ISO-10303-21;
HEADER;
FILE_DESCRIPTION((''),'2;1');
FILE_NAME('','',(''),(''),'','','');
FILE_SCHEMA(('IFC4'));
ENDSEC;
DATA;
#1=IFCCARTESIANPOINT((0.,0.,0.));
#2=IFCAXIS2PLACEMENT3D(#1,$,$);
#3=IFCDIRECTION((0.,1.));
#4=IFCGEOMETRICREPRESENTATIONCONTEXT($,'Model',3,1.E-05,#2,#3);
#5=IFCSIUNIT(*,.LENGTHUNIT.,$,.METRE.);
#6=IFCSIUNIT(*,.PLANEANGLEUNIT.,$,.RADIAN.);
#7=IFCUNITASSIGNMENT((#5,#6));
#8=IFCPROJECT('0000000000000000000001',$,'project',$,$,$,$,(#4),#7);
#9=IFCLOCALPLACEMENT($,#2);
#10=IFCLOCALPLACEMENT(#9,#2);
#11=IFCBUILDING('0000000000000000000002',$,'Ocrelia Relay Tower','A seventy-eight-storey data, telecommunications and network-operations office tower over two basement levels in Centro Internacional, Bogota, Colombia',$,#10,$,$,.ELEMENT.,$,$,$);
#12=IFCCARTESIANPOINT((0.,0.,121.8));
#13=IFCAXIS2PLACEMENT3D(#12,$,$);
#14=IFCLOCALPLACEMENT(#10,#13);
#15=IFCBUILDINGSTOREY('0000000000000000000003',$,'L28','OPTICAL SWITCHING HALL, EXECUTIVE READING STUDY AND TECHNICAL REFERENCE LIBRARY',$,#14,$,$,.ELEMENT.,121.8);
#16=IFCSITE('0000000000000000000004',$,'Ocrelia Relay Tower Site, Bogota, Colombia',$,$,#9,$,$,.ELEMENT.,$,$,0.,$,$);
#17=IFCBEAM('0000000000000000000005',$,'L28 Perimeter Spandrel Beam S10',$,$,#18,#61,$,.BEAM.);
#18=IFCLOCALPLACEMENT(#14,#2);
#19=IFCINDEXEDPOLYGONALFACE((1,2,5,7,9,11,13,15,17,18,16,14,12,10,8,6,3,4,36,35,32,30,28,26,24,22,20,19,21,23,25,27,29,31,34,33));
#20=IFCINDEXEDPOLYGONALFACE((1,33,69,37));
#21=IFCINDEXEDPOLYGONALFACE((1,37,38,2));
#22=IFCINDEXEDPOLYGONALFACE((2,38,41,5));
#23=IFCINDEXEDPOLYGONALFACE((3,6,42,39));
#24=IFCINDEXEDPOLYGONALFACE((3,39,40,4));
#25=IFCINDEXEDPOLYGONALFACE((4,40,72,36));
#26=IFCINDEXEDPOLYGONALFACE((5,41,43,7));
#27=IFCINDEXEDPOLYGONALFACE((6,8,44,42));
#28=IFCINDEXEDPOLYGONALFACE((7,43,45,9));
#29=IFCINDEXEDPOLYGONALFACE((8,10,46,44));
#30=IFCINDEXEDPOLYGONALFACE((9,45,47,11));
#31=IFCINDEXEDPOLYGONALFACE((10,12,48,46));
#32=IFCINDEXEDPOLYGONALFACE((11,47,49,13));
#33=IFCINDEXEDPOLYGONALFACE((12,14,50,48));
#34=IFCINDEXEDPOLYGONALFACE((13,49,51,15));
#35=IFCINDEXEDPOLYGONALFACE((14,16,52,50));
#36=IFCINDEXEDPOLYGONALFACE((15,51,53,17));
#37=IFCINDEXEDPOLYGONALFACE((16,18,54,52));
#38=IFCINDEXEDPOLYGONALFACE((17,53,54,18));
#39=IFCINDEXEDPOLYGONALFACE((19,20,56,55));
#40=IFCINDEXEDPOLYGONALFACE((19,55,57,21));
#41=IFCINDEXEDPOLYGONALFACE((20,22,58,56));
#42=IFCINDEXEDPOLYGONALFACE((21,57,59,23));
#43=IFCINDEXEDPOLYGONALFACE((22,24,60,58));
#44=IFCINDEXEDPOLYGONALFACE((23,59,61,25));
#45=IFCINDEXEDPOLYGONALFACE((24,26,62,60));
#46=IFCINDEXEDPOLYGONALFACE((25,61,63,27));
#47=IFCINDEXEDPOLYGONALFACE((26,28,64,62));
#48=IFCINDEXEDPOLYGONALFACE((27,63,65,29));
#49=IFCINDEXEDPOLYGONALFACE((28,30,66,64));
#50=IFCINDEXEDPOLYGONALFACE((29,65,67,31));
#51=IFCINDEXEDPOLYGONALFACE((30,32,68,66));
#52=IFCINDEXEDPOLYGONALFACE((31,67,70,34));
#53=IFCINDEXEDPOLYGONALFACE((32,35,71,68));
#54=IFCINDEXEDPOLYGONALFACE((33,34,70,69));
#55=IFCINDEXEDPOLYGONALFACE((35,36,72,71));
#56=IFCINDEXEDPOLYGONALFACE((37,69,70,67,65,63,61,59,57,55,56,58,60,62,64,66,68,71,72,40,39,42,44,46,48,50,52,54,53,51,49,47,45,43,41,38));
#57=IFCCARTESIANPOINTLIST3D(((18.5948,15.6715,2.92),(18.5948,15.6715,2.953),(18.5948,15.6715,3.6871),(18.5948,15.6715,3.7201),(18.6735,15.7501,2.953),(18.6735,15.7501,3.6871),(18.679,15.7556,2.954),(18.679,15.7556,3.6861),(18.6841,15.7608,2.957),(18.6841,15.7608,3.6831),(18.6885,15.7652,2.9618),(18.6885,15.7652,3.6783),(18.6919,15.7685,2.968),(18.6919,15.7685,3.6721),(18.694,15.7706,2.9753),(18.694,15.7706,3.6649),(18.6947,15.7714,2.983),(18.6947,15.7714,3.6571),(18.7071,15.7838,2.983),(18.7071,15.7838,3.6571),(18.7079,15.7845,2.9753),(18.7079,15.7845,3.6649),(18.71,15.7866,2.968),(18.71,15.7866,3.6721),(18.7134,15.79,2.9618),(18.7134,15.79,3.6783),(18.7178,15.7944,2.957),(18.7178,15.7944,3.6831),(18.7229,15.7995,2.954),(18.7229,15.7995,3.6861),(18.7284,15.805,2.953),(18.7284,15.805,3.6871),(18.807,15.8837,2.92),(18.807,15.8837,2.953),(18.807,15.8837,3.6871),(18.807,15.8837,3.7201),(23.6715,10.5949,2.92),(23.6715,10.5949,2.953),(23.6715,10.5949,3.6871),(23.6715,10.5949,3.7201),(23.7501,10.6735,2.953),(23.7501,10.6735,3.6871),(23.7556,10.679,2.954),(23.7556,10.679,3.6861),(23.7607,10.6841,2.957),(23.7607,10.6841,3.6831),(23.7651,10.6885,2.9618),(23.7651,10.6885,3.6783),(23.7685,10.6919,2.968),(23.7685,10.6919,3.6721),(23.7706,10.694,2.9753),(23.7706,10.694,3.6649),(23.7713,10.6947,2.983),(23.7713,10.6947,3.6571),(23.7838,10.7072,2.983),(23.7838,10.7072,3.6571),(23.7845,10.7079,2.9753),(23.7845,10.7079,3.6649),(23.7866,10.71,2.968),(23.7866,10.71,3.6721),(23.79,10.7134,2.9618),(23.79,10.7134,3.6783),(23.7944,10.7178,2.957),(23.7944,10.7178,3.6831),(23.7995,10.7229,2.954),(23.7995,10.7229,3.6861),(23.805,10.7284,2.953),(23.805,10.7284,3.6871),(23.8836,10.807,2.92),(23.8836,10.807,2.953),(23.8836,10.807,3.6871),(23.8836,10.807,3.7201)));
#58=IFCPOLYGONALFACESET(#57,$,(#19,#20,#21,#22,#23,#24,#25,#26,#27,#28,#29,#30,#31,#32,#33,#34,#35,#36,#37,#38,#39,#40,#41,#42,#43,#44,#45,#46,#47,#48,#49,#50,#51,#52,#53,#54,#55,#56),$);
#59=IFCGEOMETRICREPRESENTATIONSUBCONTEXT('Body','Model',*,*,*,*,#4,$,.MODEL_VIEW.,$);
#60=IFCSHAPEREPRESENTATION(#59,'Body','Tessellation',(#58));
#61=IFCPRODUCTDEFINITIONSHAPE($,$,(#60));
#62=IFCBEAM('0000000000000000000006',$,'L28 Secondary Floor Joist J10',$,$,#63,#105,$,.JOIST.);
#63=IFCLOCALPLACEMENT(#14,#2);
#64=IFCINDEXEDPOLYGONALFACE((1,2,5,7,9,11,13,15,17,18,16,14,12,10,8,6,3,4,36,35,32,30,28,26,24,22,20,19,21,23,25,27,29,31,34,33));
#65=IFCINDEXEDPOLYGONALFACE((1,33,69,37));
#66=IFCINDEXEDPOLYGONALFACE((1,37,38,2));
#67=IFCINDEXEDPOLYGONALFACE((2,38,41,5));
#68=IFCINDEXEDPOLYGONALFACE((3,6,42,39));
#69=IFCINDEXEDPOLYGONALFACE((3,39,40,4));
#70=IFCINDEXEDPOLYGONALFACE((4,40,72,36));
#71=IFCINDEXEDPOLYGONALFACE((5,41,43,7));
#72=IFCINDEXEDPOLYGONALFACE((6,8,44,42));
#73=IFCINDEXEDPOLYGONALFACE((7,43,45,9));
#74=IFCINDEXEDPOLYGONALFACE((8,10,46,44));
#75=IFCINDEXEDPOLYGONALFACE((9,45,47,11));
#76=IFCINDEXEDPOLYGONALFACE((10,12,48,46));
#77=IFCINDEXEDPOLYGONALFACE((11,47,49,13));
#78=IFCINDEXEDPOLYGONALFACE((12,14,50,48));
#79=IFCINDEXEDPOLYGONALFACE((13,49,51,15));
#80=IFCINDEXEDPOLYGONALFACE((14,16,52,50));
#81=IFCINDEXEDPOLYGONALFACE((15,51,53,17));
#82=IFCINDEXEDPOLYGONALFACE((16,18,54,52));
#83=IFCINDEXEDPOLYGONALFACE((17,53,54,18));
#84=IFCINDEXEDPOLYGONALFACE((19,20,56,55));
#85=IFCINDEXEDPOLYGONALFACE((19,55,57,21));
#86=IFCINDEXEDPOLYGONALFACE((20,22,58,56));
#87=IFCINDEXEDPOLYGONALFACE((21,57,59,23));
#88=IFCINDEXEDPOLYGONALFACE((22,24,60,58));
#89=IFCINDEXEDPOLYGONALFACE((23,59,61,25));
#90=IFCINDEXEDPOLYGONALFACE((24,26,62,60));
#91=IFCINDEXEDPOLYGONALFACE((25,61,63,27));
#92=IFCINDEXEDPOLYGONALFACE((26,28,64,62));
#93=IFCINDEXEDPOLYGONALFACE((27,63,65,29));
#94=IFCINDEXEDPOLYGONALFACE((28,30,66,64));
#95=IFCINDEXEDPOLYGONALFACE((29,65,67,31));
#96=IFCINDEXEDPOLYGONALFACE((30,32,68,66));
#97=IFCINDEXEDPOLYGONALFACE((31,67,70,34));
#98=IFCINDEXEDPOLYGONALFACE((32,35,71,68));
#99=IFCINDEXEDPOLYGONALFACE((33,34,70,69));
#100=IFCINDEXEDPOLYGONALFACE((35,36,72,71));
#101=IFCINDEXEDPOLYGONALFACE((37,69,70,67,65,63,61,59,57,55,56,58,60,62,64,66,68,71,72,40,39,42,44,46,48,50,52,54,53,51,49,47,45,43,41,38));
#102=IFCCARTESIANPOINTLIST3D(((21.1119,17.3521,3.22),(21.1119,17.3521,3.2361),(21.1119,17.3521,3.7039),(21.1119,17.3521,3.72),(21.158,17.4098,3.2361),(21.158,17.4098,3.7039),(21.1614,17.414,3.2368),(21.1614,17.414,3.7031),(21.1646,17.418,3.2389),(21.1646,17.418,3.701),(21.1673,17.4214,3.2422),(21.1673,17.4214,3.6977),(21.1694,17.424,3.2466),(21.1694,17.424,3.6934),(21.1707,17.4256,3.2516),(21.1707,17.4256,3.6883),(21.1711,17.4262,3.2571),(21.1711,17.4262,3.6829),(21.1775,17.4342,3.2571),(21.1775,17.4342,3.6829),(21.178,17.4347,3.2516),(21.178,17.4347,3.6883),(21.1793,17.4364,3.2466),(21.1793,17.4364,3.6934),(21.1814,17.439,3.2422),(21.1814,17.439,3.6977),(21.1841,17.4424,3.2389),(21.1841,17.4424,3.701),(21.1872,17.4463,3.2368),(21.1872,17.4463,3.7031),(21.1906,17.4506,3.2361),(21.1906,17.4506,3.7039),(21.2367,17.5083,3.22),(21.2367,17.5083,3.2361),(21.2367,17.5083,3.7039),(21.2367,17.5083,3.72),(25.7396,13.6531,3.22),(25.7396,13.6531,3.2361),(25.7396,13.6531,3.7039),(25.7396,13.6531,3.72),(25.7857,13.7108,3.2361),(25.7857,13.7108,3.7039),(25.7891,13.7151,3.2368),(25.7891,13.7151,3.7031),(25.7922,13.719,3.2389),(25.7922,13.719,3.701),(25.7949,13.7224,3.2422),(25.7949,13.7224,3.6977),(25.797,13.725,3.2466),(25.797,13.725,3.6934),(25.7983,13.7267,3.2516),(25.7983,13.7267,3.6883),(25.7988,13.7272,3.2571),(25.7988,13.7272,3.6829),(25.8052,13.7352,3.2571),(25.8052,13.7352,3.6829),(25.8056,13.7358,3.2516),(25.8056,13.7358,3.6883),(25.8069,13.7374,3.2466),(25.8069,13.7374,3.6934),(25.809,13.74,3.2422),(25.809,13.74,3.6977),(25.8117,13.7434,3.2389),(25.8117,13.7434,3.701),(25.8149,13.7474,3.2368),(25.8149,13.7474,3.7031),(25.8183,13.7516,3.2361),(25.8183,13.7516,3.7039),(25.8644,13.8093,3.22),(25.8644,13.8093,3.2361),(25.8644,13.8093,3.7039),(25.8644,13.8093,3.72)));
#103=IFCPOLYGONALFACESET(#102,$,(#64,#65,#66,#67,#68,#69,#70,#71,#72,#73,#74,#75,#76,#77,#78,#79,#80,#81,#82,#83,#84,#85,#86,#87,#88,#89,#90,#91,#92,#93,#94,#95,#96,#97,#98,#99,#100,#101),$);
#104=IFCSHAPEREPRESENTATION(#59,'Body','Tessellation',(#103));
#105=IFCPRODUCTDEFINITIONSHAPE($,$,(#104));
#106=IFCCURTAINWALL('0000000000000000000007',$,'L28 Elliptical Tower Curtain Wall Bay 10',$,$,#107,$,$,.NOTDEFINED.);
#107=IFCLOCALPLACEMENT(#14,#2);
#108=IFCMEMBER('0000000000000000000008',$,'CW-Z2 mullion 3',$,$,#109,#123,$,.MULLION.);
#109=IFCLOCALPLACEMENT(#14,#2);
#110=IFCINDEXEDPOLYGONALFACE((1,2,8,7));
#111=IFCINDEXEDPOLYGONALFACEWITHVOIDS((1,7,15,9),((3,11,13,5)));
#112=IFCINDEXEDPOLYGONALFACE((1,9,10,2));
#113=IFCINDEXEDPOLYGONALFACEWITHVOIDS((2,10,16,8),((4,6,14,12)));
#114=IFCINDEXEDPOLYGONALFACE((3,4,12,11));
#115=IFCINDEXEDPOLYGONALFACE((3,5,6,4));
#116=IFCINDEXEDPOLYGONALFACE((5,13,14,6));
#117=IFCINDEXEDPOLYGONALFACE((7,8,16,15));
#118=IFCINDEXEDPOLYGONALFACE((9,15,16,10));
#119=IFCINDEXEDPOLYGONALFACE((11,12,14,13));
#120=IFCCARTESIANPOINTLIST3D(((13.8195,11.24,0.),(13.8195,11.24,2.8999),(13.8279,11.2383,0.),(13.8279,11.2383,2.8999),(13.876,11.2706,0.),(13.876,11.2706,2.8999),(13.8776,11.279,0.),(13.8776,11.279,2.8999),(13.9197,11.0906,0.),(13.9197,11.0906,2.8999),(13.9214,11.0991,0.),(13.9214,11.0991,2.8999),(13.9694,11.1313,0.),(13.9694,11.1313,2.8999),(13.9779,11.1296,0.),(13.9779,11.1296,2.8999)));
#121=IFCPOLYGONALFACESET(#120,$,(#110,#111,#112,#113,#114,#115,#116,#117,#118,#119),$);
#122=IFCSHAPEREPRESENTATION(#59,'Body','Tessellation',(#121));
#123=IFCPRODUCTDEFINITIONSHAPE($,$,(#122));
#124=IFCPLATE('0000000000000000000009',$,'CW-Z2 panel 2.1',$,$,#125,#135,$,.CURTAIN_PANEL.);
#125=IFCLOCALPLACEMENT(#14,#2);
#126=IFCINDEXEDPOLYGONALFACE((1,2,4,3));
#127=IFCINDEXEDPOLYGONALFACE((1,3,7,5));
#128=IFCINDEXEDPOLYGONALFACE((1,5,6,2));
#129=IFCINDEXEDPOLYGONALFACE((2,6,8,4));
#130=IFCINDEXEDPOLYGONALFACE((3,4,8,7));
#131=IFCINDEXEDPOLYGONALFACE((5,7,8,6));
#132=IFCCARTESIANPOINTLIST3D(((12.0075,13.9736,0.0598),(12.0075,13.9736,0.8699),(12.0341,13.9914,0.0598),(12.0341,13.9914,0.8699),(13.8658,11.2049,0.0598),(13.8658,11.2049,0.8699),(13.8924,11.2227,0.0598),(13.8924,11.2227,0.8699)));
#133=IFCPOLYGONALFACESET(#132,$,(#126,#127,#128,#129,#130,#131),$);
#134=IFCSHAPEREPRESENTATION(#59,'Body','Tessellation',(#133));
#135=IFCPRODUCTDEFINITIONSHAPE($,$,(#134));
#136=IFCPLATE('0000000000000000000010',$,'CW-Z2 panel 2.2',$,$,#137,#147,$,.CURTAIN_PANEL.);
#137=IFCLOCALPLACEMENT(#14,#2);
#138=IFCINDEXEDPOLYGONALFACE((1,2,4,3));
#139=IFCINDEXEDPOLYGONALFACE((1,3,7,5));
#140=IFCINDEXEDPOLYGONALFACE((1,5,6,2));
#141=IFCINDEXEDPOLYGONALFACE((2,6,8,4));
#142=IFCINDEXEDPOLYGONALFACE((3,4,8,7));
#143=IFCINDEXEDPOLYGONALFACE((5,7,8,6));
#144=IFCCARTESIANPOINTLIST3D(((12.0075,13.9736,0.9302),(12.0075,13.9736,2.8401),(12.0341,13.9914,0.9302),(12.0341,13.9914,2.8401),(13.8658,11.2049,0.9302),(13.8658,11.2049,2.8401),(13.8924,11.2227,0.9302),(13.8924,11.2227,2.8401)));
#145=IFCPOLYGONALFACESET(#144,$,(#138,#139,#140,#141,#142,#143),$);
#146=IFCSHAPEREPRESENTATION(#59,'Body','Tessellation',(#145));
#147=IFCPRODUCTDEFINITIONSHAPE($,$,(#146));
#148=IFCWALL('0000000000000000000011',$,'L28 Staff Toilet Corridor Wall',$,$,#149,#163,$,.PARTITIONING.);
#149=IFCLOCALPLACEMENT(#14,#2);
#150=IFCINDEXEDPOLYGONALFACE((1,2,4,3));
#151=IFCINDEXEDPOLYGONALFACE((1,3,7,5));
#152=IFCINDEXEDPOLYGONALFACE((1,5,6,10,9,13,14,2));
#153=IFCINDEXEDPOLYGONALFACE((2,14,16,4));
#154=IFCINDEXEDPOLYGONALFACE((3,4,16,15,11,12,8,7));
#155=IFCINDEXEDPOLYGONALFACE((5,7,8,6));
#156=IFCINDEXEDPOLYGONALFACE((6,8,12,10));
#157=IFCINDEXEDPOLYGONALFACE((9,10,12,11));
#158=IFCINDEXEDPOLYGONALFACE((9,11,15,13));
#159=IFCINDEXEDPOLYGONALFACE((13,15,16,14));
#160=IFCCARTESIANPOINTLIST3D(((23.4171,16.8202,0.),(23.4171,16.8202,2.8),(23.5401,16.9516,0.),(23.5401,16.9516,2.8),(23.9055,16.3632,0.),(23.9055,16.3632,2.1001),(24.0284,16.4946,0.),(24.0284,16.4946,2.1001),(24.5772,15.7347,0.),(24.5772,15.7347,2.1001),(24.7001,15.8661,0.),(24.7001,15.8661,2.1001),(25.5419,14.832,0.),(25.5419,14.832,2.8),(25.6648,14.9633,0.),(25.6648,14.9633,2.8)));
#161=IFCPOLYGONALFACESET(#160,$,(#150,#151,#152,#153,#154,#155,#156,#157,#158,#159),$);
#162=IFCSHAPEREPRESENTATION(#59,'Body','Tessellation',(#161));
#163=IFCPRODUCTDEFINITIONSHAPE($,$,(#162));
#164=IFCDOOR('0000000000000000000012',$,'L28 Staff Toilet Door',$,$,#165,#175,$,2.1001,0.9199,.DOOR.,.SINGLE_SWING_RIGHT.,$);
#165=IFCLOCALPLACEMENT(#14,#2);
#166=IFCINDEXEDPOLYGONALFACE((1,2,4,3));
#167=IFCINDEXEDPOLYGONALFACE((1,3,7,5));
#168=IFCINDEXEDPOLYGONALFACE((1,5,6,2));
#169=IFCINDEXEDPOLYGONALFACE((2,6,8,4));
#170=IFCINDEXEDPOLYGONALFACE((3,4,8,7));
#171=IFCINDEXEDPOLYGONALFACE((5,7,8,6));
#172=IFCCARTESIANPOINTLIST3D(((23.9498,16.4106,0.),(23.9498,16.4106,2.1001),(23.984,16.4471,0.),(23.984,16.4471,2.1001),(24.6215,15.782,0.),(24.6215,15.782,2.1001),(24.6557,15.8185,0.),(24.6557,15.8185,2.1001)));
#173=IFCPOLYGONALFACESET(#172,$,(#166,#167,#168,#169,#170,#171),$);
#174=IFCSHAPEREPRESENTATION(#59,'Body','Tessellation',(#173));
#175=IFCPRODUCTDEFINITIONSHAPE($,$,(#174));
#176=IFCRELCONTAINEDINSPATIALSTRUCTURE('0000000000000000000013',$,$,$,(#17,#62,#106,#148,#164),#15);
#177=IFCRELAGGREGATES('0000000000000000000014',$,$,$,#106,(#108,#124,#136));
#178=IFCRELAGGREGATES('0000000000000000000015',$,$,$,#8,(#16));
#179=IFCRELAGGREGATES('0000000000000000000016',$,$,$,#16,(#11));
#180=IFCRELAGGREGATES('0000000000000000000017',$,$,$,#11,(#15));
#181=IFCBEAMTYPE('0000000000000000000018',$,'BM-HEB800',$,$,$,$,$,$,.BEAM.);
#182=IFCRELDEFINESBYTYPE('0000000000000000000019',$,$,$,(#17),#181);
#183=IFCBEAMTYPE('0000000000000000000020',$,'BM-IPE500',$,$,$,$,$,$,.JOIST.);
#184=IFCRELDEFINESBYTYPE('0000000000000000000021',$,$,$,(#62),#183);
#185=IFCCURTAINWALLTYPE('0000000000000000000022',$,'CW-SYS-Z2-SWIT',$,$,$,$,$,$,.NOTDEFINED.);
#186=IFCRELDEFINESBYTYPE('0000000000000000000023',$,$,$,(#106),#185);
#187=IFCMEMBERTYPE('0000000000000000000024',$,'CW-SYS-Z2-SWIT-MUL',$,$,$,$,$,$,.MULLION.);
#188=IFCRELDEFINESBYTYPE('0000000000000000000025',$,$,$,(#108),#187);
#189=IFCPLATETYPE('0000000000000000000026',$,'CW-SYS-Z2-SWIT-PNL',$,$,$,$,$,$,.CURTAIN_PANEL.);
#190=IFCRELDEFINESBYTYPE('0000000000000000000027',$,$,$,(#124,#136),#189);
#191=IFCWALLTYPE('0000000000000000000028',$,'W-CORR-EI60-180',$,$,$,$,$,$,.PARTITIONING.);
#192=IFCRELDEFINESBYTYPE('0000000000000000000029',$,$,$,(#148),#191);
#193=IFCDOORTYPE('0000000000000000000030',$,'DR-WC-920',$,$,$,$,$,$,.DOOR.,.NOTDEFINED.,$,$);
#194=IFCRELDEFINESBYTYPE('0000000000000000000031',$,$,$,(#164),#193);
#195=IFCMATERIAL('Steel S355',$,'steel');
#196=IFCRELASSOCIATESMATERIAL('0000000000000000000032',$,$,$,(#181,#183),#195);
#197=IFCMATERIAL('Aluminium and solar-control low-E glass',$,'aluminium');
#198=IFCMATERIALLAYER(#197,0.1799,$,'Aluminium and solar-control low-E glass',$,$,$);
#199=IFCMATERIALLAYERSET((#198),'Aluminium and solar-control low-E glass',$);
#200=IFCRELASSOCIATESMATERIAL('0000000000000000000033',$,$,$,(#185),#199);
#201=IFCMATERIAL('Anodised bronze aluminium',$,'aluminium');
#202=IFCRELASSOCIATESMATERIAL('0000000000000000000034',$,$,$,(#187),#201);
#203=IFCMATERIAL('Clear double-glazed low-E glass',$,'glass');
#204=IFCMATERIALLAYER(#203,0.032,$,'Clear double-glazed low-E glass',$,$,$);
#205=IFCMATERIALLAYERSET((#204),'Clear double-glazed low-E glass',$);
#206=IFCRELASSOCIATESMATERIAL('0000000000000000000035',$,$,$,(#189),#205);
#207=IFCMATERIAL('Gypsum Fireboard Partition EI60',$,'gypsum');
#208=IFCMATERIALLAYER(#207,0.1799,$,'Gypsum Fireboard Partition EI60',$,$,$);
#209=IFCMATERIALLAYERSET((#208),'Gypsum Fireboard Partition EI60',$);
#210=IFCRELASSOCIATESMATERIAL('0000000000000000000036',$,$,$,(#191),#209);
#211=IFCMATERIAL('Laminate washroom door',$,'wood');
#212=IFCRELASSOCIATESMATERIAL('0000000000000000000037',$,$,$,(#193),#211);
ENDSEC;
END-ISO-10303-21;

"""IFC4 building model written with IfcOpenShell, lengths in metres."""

from ifc_helpers import new_model, si_unit, direction, frame, frame_2d, origin, origin_2d, place, context, subcontext, project, spatial, rectangle, hollow_rectangle, i_section, extrude, material, layer, layer_set, material_profile, profile_set, type_object, element, fill, aggregate, save


model = new_model("IFC4")

# Units and contexts
model_context = context("Model", 3, precision=1e-05, world=origin(), true_north=direction((0.0, 1.0)))
body_context = subcontext(model_context, "Body", "Model", "MODEL_VIEW")
ifc_project = project(units=[si_unit("LENGTHUNIT", "METRE"), si_unit("PLANEANGLEUNIT", "RADIAN")], contexts=[model_context])

# Site, building, storey
site_placement = place(None, origin())
site = spatial("IfcSite", under=ifc_project, at=site_placement, Name="Ocrelia Relay Tower Site, Bogota, Colombia", CompositionType="ELEMENT", RefElevation=0.0)
building_placement = place(site_placement, origin())
building = spatial("IfcBuilding", under=site, at=building_placement, Name="Ocrelia Relay Tower", Description="A seventy-eight-storey data, telecommunications and network-operations office tower over two basement levels in Centro Internacional, Bogota, Colombia", CompositionType="ELEMENT")
storey_placement = place(building_placement, frame((0.0, 0.0, 121.8)))
storey = spatial("IfcBuildingStorey", under=building, at=storey_placement, Name="L28", Description="OPTICAL SWITCHING HALL, EXECUTIVE READING STUDY AND TECHNICAL REFERENCE LIBRARY", CompositionType="ELEMENT", Elevation=121.8)

# Beams
ifc_material_1 = material(Name="Steel S355", Category="steel")
ifc_material_profile_1 = material_profile(ifc_material_1, i_section(OverallWidth=0.3, OverallDepth=0.8, WebThickness=0.0176, FlangeThickness=0.033, FilletRadius=0.03, at=origin_2d()), Name="HEB 800")
ifc_profile_set_1 = profile_set([ifc_material_profile_1], Name="Steel S355")
beam_type_1 = type_object("IfcBeamType", Name="BM-HEB800", PredefinedType="BEAM", material=ifc_profile_set_1)
beam_1_placement = place(storey_placement, frame((18.7009, 15.7776, 3.3201), z_axis=(0.707107, -0.707107, 0.0), x_axis=(0.707107, 0.707107, 0.0)))
element("IfcBeam", 1, at=beam_1_placement, inside=storey, type_object=beam_type_1, Name="L28 Perimeter Spandrel Beam S10", PredefinedType="BEAM", context=body_context, shape_type="SweptSolid", body=[
    extrude(i_section(OverallWidth=0.3, OverallDepth=0.8, WebThickness=0.0176, FlangeThickness=0.033, FilletRadius=0.03, at=origin_2d()), origin(), (0.0, 0.0, 1.0), 7.1794),
])
ifc_material_profile_2 = material_profile(ifc_material_1, i_section(OverallWidth=0.2, OverallDepth=0.5, WebThickness=0.0103, FlangeThickness=0.0161, FilletRadius=0.021, at=origin_2d()), Name="IPE 500")
ifc_profile_set_2 = profile_set([ifc_material_profile_2], Name="Steel S355")
beam_type_2 = type_object("IfcBeamType", Name="BM-IPE500", PredefinedType="JOIST", material=ifc_profile_set_2)
beam_2_placement = place(storey_placement, frame((21.1743, 17.4302, 3.47), z_axis=(0.78113, -0.624368, 0.0), x_axis=(0.624368, 0.78113, 0.0)))
element("IfcBeam", 2, at=beam_2_placement, inside=storey, type_object=beam_type_2, Name="L28 Secondary Floor Joist J10", PredefinedType="JOIST", context=body_context, shape_type="SweptSolid", body=[
    extrude(i_section(OverallWidth=0.2, OverallDepth=0.5, WebThickness=0.0103, FlangeThickness=0.0161, FilletRadius=0.021, at=origin_2d()), origin(), (0.0, 0.0, 1.0), 5.9243),
])

# Curtain wall, member, plates
ifc_material_2 = material(Name="Aluminium and solar-control low-E glass", Category="aluminium")
ifc_layer_1 = layer(ifc_material_2, 0.1799, Name="Aluminium and solar-control low-E glass")
ifc_layer_set_1 = layer_set([ifc_layer_1], Name="Aluminium and solar-control low-E glass")
curtain_wall_type = type_object("IfcCurtainWallType", Name="CW-SYS-Z2-SWIT", PredefinedType="NOTDEFINED", material=ifc_layer_set_1)
curtain_wall_placement = place(storey_placement, origin())
curtain_wall = element("IfcCurtainWall", 3, at=curtain_wall_placement, inside=storey, type_object=curtain_wall_type, Name="L28 Elliptical Tower Curtain Wall Bay 10", PredefinedType="NOTDEFINED")
ifc_material_3 = material(Name="Anodised bronze aluminium", Category="aluminium")
ifc_material_profile_3 = material_profile(ifc_material_3, hollow_rectangle(XDim=0.0701, YDim=0.1799, WallThickness=0.0061, at=origin_2d()), Name="CW-MUL-180x70")
ifc_profile_set_3 = profile_set([ifc_material_profile_3], Name="Anodised bronze aluminium")
member_type = type_object("IfcMemberType", Name="CW-SYS-Z2-SWIT-MUL", PredefinedType="MULLION", material=ifc_profile_set_3)
member_placement = place(storey_placement, frame((13.8987, 11.1848, 0.0), z_axis=(0.0, 0.0, 1.0), x_axis=(0.830313, 0.557297, 0.0)))
member = element("IfcMember", 4, at=member_placement, type_object=member_type, Name="CW-Z2 mullion 3", PredefinedType="MULLION", context=body_context, shape_type="SweptSolid", body=[
    extrude(hollow_rectangle(XDim=0.0701, YDim=0.1799, WallThickness=0.0061, at=origin_2d()), origin(), (0.0, 0.0, 1.0), 2.8999),
])
ifc_material_4 = material(Name="Clear double-glazed low-E glass", Category="glass")
ifc_layer_2 = layer(ifc_material_4, 0.032, Name="Clear double-glazed low-E glass")
ifc_layer_set_2 = layer_set([ifc_layer_2], Name="Clear double-glazed low-E glass")
plate_type = type_object("IfcPlateType", Name="CW-SYS-Z2-SWIT-PNL", PredefinedType="CURTAIN_PANEL", material=ifc_layer_set_2)
plate_1_placement = place(storey_placement, frame((12.95, 12.5981, 0.0598), z_axis=(0.0, 0.0, 1.0), x_axis=(0.557297, -0.830313, 0.0)))
plate_1 = element("IfcPlate", 5, at=plate_1_placement, type_object=plate_type, Name="CW-Z2 panel 2.1", PredefinedType="CURTAIN_PANEL", context=body_context, shape_type="SweptSolid", body=[
    extrude(rectangle(XDim=3.3345, YDim=0.032, at=origin_2d()), origin(), (0.0, 0.0, 1.0), 0.8101),
])
plate_2_placement = place(storey_placement, frame((12.95, 12.5981, 0.9302), z_axis=(0.0, 0.0, 1.0), x_axis=(0.557297, -0.830313, 0.0)))
plate_2 = element("IfcPlate", 6, at=plate_2_placement, type_object=plate_type, Name="CW-Z2 panel 2.2", PredefinedType="CURTAIN_PANEL", context=body_context, shape_type="SweptSolid", body=[
    extrude(rectangle(XDim=3.3345, YDim=0.032, at=origin_2d()), origin(), (0.0, 0.0, 1.0), 1.9099),
])
aggregate(curtain_wall, [member, plate_1, plate_2])

# Wall, opening, door
ifc_material_5 = material(Name="Gypsum Fireboard Partition EI60", Category="gypsum")
ifc_layer_3 = layer(ifc_material_5, 0.1799, Name="Gypsum Fireboard Partition EI60")
ifc_layer_set_3 = layer_set([ifc_layer_3], Name="Gypsum Fireboard Partition EI60")
wall_type_1 = type_object("IfcWallType", Name="W-CORR-EI60-180", PredefinedType="PARTITIONING", material=ifc_layer_set_3)
wall_1_placement = place(storey_placement, frame((23.4785, 16.886, 0.0), z_axis=(0.0, 0.0, 1.0), x_axis=(0.730167, -0.683268, 0.0)))
wall_1 = element("IfcWall", 7, at=wall_1_placement, inside=storey, type_object=wall_type_1, Name="L28 Staff Toilet Corridor Wall", PredefinedType="PARTITIONING", context=body_context, shape_type="SweptSolid", body=[
    extrude(rectangle(XDim=2.9099, YDim=0.1799, at=frame_2d((1.4551, 0.0))), origin(), (0.0, 0.0, 1.0), 2.8),
])
opening_1_placement = place(wall_1_placement, frame((0.6689, 0.0, 0.0)))
opening_1 = element("IfcOpeningElement", 8, at=opening_1_placement, cuts=wall_1, PredefinedType="OPENING", context=body_context, shape_type="SweptSolid", body=[
    extrude(rectangle(XDim=0.9199, YDim=2.1001, at=frame_2d((0.46, 1.05))), frame((0.0, 0.1001, 0.0), z_axis=(0.0, -1.0, 0.0), x_axis=(1.0, 0.0, 0.0)), (0.0, 0.0, 1.0), 0.2),
])
ifc_material_6 = material(Name="Laminate washroom door", Category="wood")
door_type = type_object("IfcDoorType", Name="DR-WC-920", OperationType="NOTDEFINED", PredefinedType="DOOR", material=ifc_material_6)
door_placement = place(opening_1_placement, origin())
door = element("IfcDoor", 9, at=door_placement, inside=storey, type_object=door_type, Name="L28 Staff Toilet Door", OperationType="SINGLE_SWING_RIGHT", OverallHeight=2.1001, OverallWidth=0.9199, PredefinedType="DOOR", context=body_context, shape_type="SweptSolid", body=[
    extrude(rectangle(XDim=0.9199, YDim=2.1001, at=frame_2d((0.46, 1.05))), frame((0.0, 0.0249, 0.0), z_axis=(0.0, -1.0, 0.0), x_axis=(1.0, 0.0, 0.0)), (0.0, 0.0, 1.0), 0.05),
])
fill(opening_1, door)

save(model, "model.ifc")
